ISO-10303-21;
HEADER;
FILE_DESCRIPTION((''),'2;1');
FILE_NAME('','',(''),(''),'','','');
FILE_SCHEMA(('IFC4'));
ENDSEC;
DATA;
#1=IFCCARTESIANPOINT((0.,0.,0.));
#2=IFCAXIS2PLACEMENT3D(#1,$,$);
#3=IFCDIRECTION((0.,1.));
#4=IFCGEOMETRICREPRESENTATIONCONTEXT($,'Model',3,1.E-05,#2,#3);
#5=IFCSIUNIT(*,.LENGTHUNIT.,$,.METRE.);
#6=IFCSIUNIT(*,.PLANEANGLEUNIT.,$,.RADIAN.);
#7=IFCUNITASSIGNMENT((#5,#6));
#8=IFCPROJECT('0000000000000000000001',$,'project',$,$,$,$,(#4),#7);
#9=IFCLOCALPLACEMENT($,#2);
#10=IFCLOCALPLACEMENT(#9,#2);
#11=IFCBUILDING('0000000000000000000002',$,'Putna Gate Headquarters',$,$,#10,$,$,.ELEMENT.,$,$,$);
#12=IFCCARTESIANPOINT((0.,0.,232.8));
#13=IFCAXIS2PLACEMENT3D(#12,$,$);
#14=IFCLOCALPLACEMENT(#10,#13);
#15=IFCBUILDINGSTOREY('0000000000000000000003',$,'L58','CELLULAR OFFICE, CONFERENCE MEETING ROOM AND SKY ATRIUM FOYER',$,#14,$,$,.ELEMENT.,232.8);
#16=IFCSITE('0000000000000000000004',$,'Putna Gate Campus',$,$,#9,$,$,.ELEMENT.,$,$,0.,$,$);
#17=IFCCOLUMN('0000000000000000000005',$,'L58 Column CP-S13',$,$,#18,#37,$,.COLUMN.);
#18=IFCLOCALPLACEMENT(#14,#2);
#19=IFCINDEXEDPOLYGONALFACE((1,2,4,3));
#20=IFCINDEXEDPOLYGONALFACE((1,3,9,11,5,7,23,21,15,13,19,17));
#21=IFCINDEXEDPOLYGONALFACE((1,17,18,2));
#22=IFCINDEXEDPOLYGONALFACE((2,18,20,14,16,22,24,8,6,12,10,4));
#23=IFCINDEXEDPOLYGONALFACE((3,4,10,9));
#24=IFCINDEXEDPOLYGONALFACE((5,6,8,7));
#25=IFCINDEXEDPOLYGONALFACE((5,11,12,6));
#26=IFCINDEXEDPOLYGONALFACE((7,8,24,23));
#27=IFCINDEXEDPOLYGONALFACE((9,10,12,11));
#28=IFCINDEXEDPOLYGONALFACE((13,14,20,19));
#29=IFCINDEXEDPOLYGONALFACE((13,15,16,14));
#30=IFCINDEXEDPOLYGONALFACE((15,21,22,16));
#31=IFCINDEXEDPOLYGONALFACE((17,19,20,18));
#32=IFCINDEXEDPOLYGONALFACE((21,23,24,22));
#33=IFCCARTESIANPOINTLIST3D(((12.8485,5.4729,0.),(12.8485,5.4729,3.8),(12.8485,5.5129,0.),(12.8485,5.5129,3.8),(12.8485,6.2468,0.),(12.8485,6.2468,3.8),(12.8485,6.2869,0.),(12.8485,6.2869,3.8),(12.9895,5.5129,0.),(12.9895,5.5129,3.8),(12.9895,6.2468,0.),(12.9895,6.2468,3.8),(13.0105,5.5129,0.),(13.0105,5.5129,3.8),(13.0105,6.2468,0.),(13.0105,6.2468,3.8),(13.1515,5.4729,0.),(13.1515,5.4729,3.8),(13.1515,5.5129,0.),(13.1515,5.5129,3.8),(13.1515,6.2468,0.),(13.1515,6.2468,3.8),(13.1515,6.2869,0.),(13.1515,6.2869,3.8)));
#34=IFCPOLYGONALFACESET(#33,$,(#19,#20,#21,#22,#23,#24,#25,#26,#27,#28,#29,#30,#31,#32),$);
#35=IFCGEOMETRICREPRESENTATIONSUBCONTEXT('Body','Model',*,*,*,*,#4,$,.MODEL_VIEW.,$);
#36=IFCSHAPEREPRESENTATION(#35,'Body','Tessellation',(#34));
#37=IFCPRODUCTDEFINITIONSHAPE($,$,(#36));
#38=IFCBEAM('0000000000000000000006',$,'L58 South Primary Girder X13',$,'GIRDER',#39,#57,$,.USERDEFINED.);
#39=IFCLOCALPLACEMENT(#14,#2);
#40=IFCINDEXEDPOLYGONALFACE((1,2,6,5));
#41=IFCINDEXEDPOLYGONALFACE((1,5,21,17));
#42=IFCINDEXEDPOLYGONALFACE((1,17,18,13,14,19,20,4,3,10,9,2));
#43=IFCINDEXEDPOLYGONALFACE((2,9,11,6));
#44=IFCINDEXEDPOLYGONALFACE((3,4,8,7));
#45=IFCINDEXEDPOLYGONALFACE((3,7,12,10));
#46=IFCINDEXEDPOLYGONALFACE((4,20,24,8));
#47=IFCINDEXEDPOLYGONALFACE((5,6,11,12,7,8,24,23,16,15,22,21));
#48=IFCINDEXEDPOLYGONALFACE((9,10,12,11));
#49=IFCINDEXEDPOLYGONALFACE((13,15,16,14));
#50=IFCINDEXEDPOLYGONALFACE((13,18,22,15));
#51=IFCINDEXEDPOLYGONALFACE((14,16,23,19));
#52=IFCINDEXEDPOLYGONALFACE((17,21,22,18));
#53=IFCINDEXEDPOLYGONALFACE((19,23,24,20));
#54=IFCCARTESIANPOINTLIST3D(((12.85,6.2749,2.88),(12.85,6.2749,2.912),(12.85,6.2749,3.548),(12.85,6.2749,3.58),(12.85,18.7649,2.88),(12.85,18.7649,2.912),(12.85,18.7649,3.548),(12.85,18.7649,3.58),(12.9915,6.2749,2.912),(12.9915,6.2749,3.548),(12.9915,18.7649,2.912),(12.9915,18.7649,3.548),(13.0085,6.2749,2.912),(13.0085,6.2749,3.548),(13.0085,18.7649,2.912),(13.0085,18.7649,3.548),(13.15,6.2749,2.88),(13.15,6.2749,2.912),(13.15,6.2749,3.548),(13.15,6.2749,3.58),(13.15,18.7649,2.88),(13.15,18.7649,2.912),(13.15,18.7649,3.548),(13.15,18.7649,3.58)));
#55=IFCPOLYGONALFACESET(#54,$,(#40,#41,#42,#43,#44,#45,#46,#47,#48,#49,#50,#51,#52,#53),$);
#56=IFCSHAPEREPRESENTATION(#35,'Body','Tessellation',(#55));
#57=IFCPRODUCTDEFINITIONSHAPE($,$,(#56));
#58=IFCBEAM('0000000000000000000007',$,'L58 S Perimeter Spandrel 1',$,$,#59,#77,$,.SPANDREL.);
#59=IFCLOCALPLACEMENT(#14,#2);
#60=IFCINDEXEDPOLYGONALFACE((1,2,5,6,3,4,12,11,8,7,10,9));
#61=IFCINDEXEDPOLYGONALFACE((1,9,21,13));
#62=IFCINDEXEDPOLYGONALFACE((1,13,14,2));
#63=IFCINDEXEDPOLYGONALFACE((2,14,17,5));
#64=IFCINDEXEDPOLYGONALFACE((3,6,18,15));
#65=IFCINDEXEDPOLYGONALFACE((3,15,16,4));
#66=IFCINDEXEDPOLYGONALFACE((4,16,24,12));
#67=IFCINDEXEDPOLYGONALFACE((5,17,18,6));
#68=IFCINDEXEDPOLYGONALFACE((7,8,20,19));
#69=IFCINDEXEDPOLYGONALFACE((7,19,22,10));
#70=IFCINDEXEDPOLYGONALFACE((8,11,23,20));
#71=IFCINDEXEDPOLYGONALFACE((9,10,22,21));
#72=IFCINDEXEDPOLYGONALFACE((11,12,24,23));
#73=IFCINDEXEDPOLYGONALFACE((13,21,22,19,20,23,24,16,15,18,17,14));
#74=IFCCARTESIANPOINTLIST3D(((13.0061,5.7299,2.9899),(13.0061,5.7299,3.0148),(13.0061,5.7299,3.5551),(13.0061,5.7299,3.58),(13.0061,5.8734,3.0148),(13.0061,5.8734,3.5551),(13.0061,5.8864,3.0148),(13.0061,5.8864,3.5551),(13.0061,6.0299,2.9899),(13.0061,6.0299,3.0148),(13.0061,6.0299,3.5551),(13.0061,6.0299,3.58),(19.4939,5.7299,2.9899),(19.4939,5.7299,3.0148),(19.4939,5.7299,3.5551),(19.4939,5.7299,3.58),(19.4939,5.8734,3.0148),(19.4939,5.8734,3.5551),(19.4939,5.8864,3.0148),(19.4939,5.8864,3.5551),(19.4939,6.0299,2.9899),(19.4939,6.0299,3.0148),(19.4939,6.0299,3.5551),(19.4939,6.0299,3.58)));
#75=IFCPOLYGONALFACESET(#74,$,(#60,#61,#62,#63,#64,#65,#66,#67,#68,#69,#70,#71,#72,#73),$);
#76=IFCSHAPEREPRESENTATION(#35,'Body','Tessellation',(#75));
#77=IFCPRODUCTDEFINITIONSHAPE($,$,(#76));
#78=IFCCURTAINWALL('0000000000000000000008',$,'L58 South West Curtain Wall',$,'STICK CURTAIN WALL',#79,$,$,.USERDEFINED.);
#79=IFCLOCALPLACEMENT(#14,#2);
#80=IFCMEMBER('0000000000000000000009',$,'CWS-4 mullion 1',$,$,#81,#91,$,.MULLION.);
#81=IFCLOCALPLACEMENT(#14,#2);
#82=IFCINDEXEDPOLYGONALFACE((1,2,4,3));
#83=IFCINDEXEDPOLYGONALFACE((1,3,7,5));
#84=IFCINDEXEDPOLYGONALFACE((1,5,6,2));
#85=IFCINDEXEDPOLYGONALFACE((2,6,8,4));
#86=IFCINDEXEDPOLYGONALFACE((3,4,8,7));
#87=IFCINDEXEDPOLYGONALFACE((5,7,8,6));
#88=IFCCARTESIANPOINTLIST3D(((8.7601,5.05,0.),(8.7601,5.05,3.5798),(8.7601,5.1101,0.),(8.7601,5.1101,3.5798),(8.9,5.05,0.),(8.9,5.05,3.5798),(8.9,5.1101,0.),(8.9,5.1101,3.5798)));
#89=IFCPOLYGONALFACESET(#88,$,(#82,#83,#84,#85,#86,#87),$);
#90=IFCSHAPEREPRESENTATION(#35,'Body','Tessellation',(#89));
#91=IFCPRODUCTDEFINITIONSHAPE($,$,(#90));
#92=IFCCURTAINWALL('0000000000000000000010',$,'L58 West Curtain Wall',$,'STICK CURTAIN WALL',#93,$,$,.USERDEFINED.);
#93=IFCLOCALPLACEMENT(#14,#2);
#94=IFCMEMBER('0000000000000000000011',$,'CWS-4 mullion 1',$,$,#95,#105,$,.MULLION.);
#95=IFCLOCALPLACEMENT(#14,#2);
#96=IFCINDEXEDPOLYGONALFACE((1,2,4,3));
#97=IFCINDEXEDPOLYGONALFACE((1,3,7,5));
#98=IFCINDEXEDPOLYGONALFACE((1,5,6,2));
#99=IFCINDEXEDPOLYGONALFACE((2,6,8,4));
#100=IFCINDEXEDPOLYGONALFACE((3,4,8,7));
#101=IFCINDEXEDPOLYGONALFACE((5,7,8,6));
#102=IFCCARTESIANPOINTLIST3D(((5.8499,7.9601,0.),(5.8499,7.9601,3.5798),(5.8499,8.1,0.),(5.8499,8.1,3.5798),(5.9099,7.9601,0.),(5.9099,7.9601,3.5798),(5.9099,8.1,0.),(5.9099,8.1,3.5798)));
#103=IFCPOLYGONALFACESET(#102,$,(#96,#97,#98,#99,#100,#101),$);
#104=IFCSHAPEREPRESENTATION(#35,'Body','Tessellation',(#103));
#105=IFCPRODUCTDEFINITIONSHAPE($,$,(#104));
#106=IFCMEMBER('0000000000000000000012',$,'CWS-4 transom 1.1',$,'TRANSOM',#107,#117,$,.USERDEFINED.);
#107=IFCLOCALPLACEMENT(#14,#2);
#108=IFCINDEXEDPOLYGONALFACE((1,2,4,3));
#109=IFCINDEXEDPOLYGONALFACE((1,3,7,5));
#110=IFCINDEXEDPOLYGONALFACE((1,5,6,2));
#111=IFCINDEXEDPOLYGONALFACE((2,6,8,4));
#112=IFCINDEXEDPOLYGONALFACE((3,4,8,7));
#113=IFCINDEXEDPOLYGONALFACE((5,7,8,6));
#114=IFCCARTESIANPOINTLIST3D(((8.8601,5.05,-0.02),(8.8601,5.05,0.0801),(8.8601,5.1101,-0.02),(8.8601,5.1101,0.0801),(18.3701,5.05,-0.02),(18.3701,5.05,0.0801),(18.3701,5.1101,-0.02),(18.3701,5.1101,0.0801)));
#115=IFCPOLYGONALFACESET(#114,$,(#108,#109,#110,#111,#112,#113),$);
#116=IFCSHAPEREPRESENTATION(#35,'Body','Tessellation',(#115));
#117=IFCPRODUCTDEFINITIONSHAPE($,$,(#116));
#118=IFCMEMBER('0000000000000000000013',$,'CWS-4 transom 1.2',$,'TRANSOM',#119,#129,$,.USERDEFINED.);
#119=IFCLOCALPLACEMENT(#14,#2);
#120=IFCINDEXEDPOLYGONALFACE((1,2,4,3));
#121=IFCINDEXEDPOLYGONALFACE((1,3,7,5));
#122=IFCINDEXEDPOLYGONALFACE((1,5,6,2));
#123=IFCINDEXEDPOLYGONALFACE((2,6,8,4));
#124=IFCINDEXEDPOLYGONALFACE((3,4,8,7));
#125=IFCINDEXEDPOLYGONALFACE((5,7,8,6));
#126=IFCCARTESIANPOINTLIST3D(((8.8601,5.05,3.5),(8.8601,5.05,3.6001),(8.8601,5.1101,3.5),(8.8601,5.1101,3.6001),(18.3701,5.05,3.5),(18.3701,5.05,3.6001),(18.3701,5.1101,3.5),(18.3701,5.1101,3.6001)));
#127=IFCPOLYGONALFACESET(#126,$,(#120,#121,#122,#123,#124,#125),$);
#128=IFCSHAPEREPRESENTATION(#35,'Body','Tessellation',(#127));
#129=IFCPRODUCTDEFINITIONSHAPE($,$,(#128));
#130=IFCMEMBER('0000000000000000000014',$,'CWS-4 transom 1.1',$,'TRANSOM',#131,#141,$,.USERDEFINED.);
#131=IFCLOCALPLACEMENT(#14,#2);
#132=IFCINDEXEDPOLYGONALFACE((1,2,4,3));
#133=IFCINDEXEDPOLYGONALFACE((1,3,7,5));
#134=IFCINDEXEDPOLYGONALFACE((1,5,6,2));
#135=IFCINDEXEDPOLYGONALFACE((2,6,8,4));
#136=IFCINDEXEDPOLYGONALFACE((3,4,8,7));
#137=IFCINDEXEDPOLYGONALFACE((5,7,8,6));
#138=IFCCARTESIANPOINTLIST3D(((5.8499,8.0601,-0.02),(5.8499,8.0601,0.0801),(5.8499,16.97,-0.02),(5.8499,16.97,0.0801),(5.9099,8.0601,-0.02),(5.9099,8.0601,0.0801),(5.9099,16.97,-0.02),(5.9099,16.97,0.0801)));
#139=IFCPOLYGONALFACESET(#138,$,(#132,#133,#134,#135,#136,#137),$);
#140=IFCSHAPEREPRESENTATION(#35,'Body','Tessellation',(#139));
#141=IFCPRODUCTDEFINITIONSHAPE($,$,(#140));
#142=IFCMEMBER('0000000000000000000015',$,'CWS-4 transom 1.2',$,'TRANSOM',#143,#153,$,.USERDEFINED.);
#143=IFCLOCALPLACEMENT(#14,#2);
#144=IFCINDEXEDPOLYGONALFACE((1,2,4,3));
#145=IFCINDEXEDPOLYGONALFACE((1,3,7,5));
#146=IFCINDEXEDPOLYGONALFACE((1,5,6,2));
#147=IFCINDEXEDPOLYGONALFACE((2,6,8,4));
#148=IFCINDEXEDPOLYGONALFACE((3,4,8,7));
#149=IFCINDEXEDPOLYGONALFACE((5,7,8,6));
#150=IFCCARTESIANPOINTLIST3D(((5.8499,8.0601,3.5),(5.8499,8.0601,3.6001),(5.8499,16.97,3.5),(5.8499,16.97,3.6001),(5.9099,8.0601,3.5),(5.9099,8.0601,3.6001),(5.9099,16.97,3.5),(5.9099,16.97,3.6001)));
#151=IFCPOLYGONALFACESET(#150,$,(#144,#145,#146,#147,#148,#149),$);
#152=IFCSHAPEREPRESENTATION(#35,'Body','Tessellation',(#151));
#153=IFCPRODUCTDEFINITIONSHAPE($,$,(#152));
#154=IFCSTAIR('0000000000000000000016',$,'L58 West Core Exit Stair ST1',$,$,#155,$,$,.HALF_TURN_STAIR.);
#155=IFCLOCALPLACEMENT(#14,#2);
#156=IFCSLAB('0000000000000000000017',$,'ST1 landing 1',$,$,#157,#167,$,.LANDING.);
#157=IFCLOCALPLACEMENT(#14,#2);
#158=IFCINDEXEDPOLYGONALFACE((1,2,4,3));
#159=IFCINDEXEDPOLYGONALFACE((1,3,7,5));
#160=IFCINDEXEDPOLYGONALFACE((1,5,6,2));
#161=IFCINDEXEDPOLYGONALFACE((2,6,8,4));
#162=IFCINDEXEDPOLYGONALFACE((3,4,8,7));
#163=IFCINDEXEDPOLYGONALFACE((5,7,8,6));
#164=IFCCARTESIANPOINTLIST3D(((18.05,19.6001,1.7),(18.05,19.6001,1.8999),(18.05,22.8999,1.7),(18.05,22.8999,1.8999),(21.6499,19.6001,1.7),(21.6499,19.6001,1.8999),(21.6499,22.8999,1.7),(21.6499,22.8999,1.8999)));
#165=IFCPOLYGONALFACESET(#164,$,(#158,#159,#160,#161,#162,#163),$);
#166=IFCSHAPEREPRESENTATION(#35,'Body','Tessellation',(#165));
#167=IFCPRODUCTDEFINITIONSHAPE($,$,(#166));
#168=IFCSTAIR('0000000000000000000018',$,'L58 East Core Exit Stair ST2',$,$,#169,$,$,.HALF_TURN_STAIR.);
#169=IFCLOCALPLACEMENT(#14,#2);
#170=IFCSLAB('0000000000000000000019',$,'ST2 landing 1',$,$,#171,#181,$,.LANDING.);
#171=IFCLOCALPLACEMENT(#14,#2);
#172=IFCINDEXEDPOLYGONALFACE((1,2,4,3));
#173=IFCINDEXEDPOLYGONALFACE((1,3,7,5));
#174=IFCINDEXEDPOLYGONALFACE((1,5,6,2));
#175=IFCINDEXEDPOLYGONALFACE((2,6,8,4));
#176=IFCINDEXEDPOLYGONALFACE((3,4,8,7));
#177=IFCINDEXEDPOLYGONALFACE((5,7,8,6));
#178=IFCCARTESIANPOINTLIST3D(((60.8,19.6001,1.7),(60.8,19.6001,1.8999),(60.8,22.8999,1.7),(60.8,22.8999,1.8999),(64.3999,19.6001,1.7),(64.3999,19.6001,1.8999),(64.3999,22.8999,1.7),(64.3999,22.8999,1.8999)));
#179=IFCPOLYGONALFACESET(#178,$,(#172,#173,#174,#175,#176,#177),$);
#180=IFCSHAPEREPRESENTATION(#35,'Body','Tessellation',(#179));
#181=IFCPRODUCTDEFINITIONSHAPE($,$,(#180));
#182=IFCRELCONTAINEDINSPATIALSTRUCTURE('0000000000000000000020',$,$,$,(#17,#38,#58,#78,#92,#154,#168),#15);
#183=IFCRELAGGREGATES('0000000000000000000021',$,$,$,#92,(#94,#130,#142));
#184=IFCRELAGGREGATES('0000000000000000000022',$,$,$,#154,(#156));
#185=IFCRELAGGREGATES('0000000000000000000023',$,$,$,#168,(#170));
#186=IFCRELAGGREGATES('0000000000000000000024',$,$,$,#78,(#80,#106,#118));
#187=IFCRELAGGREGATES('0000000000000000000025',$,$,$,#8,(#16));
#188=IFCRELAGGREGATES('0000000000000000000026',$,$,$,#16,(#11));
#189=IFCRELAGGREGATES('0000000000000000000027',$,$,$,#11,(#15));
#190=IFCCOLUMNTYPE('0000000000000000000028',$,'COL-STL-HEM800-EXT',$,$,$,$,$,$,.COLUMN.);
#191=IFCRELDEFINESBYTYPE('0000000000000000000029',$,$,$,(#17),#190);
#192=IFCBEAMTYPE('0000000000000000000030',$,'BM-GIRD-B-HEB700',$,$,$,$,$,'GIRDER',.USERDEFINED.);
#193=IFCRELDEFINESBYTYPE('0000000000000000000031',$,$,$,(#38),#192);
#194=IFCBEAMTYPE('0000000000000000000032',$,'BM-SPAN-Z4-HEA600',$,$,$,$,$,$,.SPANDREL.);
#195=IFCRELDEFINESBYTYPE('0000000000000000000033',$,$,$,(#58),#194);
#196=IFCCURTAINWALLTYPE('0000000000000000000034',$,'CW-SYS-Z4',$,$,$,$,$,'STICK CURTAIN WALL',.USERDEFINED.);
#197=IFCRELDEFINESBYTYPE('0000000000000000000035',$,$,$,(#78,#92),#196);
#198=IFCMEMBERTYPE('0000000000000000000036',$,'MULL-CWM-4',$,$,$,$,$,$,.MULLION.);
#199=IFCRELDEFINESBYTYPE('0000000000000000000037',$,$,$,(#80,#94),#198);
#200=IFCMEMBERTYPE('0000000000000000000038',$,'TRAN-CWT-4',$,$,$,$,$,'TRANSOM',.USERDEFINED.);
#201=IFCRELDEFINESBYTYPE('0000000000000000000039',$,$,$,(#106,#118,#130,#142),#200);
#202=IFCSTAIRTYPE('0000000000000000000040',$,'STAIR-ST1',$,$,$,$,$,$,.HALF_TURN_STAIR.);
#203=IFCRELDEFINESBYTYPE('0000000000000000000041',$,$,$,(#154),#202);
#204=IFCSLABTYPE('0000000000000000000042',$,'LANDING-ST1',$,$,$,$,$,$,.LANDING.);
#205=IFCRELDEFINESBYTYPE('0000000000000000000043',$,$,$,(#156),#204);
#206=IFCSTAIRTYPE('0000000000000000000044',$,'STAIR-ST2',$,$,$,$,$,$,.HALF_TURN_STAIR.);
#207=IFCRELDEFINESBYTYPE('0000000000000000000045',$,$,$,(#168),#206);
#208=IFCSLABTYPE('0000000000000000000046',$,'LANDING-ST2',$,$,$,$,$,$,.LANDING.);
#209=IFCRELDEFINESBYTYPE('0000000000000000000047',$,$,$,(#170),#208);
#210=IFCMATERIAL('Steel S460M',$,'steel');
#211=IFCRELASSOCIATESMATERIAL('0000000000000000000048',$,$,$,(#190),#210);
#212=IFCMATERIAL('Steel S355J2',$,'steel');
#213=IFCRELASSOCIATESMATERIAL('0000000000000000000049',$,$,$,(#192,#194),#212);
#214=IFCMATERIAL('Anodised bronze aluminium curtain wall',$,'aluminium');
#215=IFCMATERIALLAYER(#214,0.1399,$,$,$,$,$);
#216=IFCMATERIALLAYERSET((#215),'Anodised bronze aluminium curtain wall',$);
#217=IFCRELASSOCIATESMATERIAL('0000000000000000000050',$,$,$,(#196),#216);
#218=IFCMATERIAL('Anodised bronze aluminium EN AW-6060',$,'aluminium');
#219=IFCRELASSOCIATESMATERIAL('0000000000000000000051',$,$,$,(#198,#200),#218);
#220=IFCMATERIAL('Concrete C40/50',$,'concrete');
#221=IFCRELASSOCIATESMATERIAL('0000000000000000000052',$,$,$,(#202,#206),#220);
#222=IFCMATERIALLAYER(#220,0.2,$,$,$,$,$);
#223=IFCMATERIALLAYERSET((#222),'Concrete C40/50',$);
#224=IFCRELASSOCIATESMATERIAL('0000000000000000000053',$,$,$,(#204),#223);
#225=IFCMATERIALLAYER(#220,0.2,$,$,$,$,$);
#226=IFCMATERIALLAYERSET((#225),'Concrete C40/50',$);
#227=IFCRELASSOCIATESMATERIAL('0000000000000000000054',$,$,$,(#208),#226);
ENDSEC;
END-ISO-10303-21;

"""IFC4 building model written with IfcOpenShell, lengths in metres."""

from ifc_helpers import new_model, si_unit, direction, frame, origin, origin_2d, place, context, subcontext, project, spatial, polyline, rectangle, i_section, outline, extrude, material, layer, layer_set, material_profile, profile_set, type_object, element, aggregate, save


model = new_model("IFC4")

# Units and contexts
model_context = context("Model", 3, precision=1e-05, world=origin(), true_north=direction((0.0, 1.0)))
body_context = subcontext(model_context, "Body", "Model", "MODEL_VIEW")
ifc_project = project(units=[si_unit("LENGTHUNIT", "METRE"), si_unit("PLANEANGLEUNIT", "RADIAN")], contexts=[model_context])

# Site, building, storey
site_placement = place(None, origin())
site = spatial("IfcSite", under=ifc_project, at=site_placement, Name="Putna Gate Campus", CompositionType="ELEMENT", RefElevation=0.0)
building_placement = place(site_placement, origin())
building = spatial("IfcBuilding", under=site, at=building_placement, Name="Putna Gate Headquarters", CompositionType="ELEMENT")
storey_placement = place(building_placement, frame((0.0, 0.0, 232.8)))
storey = spatial("IfcBuildingStorey", under=building, at=storey_placement, Name="L58", Description="CELLULAR OFFICE, CONFERENCE MEETING ROOM AND SKY ATRIUM FOYER", CompositionType="ELEMENT", Elevation=232.8)

# Column
ifc_material_1 = material(Name="Steel S460M", Category="steel")
ifc_material_profile_1 = material_profile(ifc_material_1, i_section(OverallWidth=0.303, OverallDepth=0.814, WebThickness=0.021, FlangeThickness=0.04, at=origin_2d()), Name="Steel S460M")
ifc_profile_set_1 = profile_set([ifc_material_profile_1], Name="Steel S460M")
column_type = type_object("IfcColumnType", Name="COL-STL-HEM800-EXT", PredefinedType="COLUMN", material=ifc_profile_set_1)
column_placement = place(storey_placement, frame((13.0, 5.8799, 0.0), z_axis=(0.0, 0.0, 1.0), x_axis=(1.0, 0.0, 0.0)))
element("IfcColumn", 1, at=column_placement, inside=storey, type_object=column_type, Name="L58 Column CP-S13", PredefinedType="COLUMN", context=body_context, shape_type="SweptSolid", body=[
    extrude(i_section(OverallWidth=0.303, OverallDepth=0.814, WebThickness=0.021, FlangeThickness=0.04, at=origin_2d()), origin(), (0.0, 0.0, 1.0), 3.8),
])

# Beams
ifc_material_2 = material(Name="Steel S355J2", Category="steel")
ifc_material_profile_2 = material_profile(ifc_material_2, i_section(OverallWidth=0.3, OverallDepth=0.7, WebThickness=0.0171, FlangeThickness=0.032, at=origin_2d()), Name="Steel S355J2")
ifc_profile_set_2 = profile_set([ifc_material_profile_2], Name="Steel S355J2")
beam_type_1 = type_object("IfcBeamType", Name="BM-GIRD-B-HEB700", ElementType="GIRDER", PredefinedType="USERDEFINED", material=ifc_profile_set_2)
beam_1_placement = place(storey_placement, frame((13.0, 6.2749, 3.23), z_axis=(0.0, 1.0, 0.0), x_axis=(-1.0, 0.0, 0.0)))
element("IfcBeam", 2, at=beam_1_placement, inside=storey, type_object=beam_type_1, Name="L58 South Primary Girder X13", ObjectType="GIRDER", PredefinedType="USERDEFINED", context=body_context, shape_type="SweptSolid", body=[
    extrude(i_section(OverallWidth=0.3, OverallDepth=0.7, WebThickness=0.0171, FlangeThickness=0.032, at=origin_2d()), origin(), (0.0, 0.0, 1.0), 12.49),
])
ifc_material_profile_3 = material_profile(ifc_material_2, i_section(OverallWidth=0.3, OverallDepth=0.5901, WebThickness=0.0129, FlangeThickness=0.0249, at=origin_2d()), Name="Steel S355J2")
ifc_profile_set_3 = profile_set([ifc_material_profile_3], Name="Steel S355J2")
beam_type_2 = type_object("IfcBeamType", Name="BM-SPAN-Z4-HEA600", PredefinedType="SPANDREL", material=ifc_profile_set_3)
beam_2_placement = place(storey_placement, frame((13.0061, 5.8799, 3.2849), z_axis=(1.0, 0.0, 0.0), x_axis=(0.0, 1.0, 0.0)))
element("IfcBeam", 3, at=beam_2_placement, inside=storey, type_object=beam_type_2, Name="L58 S Perimeter Spandrel 1", PredefinedType="SPANDREL", context=body_context, shape_type="SweptSolid", body=[
    extrude(i_section(OverallWidth=0.3, OverallDepth=0.5901, WebThickness=0.0129, FlangeThickness=0.0249, at=origin_2d()), origin(), (0.0, 0.0, 1.0), 6.4878),
])

# Curtain walls, members
ifc_material_3 = material(Name="Anodised bronze aluminium curtain wall", Category="aluminium")
ifc_layer_1 = layer(ifc_material_3, 0.1399)
ifc_layer_set_1 = layer_set([ifc_layer_1], Name="Anodised bronze aluminium curtain wall")
curtain_wall_type = type_object("IfcCurtainWallType", Name="CW-SYS-Z4", ElementType="STICK CURTAIN WALL", PredefinedType="USERDEFINED", material=ifc_layer_set_1)
curtain_wall_1_placement = place(storey_placement, origin())
curtain_wall_1 = element("IfcCurtainWall", 4, at=curtain_wall_1_placement, inside=storey, type_object=curtain_wall_type, Name="L58 South West Curtain Wall", ObjectType="STICK CURTAIN WALL", PredefinedType="USERDEFINED")
ifc_material_4 = material(Name="Anodised bronze aluminium EN AW-6060", Category="aluminium")
ifc_material_profile_4 = material_profile(ifc_material_4, rectangle(XDim=0.0601, YDim=0.1399, at=origin_2d()), Name="Anodised bronze aluminium EN AW-6060")
ifc_profile_set_4 = profile_set([ifc_material_profile_4], Name="Anodised bronze aluminium EN AW-6060")
member_type_1 = type_object("IfcMemberType", Name="MULL-CWM-4", PredefinedType="MULLION", material=ifc_profile_set_4)
member_1_placement = place(storey_placement, frame((8.8301, 5.0801, 0.0), z_axis=(0.0, 0.0, 1.0), x_axis=(0.0, 1.0, 0.0)))
member_1 = element("IfcMember", 5, at=member_1_placement, type_object=member_type_1, Name="CWS-4 mullion 1", PredefinedType="MULLION", context=body_context, shape_type="SweptSolid", body=[
    extrude(rectangle(XDim=0.0601, YDim=0.1399, at=origin_2d()), origin(), (0.0, 0.0, 1.0), 3.5798),
])
curtain_wall_2_placement = place(storey_placement, origin())
curtain_wall_2 = element("IfcCurtainWall", 6, at=curtain_wall_2_placement, inside=storey, type_object=curtain_wall_type, Name="L58 West Curtain Wall", ObjectType="STICK CURTAIN WALL", PredefinedType="USERDEFINED")
member_2_placement = place(storey_placement, frame((5.8799, 8.03, 0.0), z_axis=(0.0, 0.0, 1.0), x_axis=(-1.0, 0.0, 0.0)))
member_2 = element("IfcMember", 7, at=member_2_placement, type_object=member_type_1, Name="CWS-4 mullion 1", PredefinedType="MULLION", context=body_context, shape_type="SweptSolid", body=[
    extrude(rectangle(XDim=0.0601, YDim=0.1399, at=origin_2d()), origin(), (0.0, 0.0, 1.0), 3.5798),
])

# Members
ifc_material_profile_5 = material_profile(ifc_material_4, rectangle(XDim=0.0601, YDim=0.1001, at=origin_2d()), Name="Anodised bronze aluminium EN AW-6060")
ifc_profile_set_5 = profile_set([ifc_material_profile_5], Name="Anodised bronze aluminium EN AW-6060")
member_type_2 = type_object("IfcMemberType", Name="TRAN-CWT-4", ElementType="TRANSOM", PredefinedType="USERDEFINED", material=ifc_profile_set_5)
member_3_placement = place(storey_placement, frame((8.8601, 5.0801, 0.03), z_axis=(1.0, 0.0, 0.0), x_axis=(0.0, 1.0, 0.0)))
member_3 = element("IfcMember", 8, at=member_3_placement, type_object=member_type_2, Name="CWS-4 transom 1.1", ObjectType="TRANSOM", PredefinedType="USERDEFINED", context=body_context, shape_type="SweptSolid", body=[
    extrude(rectangle(XDim=0.0601, YDim=0.1001, at=origin_2d()), origin(), (0.0, 0.0, 1.0), 9.51),
])
member_4_placement = place(storey_placement, frame((8.8601, 5.0801, 3.55), z_axis=(1.0, 0.0, 0.0), x_axis=(0.0, 1.0, 0.0)))
member_4 = element("IfcMember", 9, at=member_4_placement, type_object=member_type_2, Name="CWS-4 transom 1.2", ObjectType="TRANSOM", PredefinedType="USERDEFINED", context=body_context, shape_type="SweptSolid", body=[
    extrude(rectangle(XDim=0.0601, YDim=0.1001, at=origin_2d()), origin(), (0.0, 0.0, 1.0), 9.51),
])
member_5_placement = place(storey_placement, frame((5.8799, 8.0601, 0.03), z_axis=(0.0, 1.0, 0.0), x_axis=(-1.0, 0.0, 0.0)))
member_5 = element("IfcMember", 10, at=member_5_placement, type_object=member_type_2, Name="CWS-4 transom 1.1", ObjectType="TRANSOM", PredefinedType="USERDEFINED", context=body_context, shape_type="SweptSolid", body=[
    extrude(rectangle(XDim=0.0601, YDim=0.1001, at=origin_2d()), origin(), (0.0, 0.0, 1.0), 8.9099),
])
member_6_placement = place(storey_placement, frame((5.8799, 8.0601, 3.55), z_axis=(0.0, 1.0, 0.0), x_axis=(-1.0, 0.0, 0.0)))
member_6 = element("IfcMember", 11, at=member_6_placement, type_object=member_type_2, Name="CWS-4 transom 1.2", ObjectType="TRANSOM", PredefinedType="USERDEFINED", context=body_context, shape_type="SweptSolid", body=[
    extrude(rectangle(XDim=0.0601, YDim=0.1001, at=origin_2d()), origin(), (0.0, 0.0, 1.0), 8.9099),
])
aggregate(curtain_wall_2, [member_2, member_5, member_6])

# Stairs, slabs
ifc_material_5 = material(Name="Concrete C40/50", Category="concrete")
stair_type_1 = type_object("IfcStairType", Name="STAIR-ST1", PredefinedType="HALF_TURN_STAIR", material=ifc_material_5)
stair_1_placement = place(storey_placement, origin())
stair_1 = element("IfcStair", 12, at=stair_1_placement, inside=storey, type_object=stair_type_1, Name="L58 West Core Exit Stair ST1", PredefinedType="HALF_TURN_STAIR")
ifc_layer_2 = layer(ifc_material_5, 0.2)
ifc_layer_set_2 = layer_set([ifc_layer_2], Name="Concrete C40/50")
slab_type_1 = type_object("IfcSlabType", Name="LANDING-ST1", PredefinedType="LANDING", material=ifc_layer_set_2)
slab_1_placement = place(storey_placement, frame((0.0, 0.0, 1.7)))
slab_1 = element("IfcSlab", 13, at=slab_1_placement, type_object=slab_type_1, Name="ST1 landing 1", PredefinedType="LANDING", context=body_context, shape_type="SweptSolid", body=[
    extrude(outline(polyline([(18.05, 19.6001), (21.6499, 19.6001), (21.6499, 22.8999), (18.05, 22.8999), (18.05, 19.6001)])), origin(), (0.0, 0.0, 1.0), 0.2),
])
aggregate(stair_1, [slab_1])
stair_type_2 = type_object("IfcStairType", Name="STAIR-ST2", PredefinedType="HALF_TURN_STAIR", material=ifc_material_5)
stair_2_placement = place(storey_placement, origin())
stair_2 = element("IfcStair", 14, at=stair_2_placement, inside=storey, type_object=stair_type_2, Name="L58 East Core Exit Stair ST2", PredefinedType="HALF_TURN_STAIR")
ifc_layer_3 = layer(ifc_material_5, 0.2)
ifc_layer_set_3 = layer_set([ifc_layer_3], Name="Concrete C40/50")
slab_type_2 = type_object("IfcSlabType", Name="LANDING-ST2", PredefinedType="LANDING", material=ifc_layer_set_3)
slab_2_placement = place(storey_placement, frame((0.0, 0.0, 1.7)))
slab_2 = element("IfcSlab", 15, at=slab_2_placement, type_object=slab_type_2, Name="ST2 landing 1", PredefinedType="LANDING", context=body_context, shape_type="SweptSolid", body=[
    extrude(outline(polyline([(60.8, 19.6001), (64.3999, 19.6001), (64.3999, 22.8999), (60.8, 22.8999), (60.8, 19.6001)])), origin(), (0.0, 0.0, 1.0), 0.2),
])
aggregate(stair_2, [slab_2])

aggregate(curtain_wall_1, [member_1, member_3, member_4])

save(model, "model.ifc")
